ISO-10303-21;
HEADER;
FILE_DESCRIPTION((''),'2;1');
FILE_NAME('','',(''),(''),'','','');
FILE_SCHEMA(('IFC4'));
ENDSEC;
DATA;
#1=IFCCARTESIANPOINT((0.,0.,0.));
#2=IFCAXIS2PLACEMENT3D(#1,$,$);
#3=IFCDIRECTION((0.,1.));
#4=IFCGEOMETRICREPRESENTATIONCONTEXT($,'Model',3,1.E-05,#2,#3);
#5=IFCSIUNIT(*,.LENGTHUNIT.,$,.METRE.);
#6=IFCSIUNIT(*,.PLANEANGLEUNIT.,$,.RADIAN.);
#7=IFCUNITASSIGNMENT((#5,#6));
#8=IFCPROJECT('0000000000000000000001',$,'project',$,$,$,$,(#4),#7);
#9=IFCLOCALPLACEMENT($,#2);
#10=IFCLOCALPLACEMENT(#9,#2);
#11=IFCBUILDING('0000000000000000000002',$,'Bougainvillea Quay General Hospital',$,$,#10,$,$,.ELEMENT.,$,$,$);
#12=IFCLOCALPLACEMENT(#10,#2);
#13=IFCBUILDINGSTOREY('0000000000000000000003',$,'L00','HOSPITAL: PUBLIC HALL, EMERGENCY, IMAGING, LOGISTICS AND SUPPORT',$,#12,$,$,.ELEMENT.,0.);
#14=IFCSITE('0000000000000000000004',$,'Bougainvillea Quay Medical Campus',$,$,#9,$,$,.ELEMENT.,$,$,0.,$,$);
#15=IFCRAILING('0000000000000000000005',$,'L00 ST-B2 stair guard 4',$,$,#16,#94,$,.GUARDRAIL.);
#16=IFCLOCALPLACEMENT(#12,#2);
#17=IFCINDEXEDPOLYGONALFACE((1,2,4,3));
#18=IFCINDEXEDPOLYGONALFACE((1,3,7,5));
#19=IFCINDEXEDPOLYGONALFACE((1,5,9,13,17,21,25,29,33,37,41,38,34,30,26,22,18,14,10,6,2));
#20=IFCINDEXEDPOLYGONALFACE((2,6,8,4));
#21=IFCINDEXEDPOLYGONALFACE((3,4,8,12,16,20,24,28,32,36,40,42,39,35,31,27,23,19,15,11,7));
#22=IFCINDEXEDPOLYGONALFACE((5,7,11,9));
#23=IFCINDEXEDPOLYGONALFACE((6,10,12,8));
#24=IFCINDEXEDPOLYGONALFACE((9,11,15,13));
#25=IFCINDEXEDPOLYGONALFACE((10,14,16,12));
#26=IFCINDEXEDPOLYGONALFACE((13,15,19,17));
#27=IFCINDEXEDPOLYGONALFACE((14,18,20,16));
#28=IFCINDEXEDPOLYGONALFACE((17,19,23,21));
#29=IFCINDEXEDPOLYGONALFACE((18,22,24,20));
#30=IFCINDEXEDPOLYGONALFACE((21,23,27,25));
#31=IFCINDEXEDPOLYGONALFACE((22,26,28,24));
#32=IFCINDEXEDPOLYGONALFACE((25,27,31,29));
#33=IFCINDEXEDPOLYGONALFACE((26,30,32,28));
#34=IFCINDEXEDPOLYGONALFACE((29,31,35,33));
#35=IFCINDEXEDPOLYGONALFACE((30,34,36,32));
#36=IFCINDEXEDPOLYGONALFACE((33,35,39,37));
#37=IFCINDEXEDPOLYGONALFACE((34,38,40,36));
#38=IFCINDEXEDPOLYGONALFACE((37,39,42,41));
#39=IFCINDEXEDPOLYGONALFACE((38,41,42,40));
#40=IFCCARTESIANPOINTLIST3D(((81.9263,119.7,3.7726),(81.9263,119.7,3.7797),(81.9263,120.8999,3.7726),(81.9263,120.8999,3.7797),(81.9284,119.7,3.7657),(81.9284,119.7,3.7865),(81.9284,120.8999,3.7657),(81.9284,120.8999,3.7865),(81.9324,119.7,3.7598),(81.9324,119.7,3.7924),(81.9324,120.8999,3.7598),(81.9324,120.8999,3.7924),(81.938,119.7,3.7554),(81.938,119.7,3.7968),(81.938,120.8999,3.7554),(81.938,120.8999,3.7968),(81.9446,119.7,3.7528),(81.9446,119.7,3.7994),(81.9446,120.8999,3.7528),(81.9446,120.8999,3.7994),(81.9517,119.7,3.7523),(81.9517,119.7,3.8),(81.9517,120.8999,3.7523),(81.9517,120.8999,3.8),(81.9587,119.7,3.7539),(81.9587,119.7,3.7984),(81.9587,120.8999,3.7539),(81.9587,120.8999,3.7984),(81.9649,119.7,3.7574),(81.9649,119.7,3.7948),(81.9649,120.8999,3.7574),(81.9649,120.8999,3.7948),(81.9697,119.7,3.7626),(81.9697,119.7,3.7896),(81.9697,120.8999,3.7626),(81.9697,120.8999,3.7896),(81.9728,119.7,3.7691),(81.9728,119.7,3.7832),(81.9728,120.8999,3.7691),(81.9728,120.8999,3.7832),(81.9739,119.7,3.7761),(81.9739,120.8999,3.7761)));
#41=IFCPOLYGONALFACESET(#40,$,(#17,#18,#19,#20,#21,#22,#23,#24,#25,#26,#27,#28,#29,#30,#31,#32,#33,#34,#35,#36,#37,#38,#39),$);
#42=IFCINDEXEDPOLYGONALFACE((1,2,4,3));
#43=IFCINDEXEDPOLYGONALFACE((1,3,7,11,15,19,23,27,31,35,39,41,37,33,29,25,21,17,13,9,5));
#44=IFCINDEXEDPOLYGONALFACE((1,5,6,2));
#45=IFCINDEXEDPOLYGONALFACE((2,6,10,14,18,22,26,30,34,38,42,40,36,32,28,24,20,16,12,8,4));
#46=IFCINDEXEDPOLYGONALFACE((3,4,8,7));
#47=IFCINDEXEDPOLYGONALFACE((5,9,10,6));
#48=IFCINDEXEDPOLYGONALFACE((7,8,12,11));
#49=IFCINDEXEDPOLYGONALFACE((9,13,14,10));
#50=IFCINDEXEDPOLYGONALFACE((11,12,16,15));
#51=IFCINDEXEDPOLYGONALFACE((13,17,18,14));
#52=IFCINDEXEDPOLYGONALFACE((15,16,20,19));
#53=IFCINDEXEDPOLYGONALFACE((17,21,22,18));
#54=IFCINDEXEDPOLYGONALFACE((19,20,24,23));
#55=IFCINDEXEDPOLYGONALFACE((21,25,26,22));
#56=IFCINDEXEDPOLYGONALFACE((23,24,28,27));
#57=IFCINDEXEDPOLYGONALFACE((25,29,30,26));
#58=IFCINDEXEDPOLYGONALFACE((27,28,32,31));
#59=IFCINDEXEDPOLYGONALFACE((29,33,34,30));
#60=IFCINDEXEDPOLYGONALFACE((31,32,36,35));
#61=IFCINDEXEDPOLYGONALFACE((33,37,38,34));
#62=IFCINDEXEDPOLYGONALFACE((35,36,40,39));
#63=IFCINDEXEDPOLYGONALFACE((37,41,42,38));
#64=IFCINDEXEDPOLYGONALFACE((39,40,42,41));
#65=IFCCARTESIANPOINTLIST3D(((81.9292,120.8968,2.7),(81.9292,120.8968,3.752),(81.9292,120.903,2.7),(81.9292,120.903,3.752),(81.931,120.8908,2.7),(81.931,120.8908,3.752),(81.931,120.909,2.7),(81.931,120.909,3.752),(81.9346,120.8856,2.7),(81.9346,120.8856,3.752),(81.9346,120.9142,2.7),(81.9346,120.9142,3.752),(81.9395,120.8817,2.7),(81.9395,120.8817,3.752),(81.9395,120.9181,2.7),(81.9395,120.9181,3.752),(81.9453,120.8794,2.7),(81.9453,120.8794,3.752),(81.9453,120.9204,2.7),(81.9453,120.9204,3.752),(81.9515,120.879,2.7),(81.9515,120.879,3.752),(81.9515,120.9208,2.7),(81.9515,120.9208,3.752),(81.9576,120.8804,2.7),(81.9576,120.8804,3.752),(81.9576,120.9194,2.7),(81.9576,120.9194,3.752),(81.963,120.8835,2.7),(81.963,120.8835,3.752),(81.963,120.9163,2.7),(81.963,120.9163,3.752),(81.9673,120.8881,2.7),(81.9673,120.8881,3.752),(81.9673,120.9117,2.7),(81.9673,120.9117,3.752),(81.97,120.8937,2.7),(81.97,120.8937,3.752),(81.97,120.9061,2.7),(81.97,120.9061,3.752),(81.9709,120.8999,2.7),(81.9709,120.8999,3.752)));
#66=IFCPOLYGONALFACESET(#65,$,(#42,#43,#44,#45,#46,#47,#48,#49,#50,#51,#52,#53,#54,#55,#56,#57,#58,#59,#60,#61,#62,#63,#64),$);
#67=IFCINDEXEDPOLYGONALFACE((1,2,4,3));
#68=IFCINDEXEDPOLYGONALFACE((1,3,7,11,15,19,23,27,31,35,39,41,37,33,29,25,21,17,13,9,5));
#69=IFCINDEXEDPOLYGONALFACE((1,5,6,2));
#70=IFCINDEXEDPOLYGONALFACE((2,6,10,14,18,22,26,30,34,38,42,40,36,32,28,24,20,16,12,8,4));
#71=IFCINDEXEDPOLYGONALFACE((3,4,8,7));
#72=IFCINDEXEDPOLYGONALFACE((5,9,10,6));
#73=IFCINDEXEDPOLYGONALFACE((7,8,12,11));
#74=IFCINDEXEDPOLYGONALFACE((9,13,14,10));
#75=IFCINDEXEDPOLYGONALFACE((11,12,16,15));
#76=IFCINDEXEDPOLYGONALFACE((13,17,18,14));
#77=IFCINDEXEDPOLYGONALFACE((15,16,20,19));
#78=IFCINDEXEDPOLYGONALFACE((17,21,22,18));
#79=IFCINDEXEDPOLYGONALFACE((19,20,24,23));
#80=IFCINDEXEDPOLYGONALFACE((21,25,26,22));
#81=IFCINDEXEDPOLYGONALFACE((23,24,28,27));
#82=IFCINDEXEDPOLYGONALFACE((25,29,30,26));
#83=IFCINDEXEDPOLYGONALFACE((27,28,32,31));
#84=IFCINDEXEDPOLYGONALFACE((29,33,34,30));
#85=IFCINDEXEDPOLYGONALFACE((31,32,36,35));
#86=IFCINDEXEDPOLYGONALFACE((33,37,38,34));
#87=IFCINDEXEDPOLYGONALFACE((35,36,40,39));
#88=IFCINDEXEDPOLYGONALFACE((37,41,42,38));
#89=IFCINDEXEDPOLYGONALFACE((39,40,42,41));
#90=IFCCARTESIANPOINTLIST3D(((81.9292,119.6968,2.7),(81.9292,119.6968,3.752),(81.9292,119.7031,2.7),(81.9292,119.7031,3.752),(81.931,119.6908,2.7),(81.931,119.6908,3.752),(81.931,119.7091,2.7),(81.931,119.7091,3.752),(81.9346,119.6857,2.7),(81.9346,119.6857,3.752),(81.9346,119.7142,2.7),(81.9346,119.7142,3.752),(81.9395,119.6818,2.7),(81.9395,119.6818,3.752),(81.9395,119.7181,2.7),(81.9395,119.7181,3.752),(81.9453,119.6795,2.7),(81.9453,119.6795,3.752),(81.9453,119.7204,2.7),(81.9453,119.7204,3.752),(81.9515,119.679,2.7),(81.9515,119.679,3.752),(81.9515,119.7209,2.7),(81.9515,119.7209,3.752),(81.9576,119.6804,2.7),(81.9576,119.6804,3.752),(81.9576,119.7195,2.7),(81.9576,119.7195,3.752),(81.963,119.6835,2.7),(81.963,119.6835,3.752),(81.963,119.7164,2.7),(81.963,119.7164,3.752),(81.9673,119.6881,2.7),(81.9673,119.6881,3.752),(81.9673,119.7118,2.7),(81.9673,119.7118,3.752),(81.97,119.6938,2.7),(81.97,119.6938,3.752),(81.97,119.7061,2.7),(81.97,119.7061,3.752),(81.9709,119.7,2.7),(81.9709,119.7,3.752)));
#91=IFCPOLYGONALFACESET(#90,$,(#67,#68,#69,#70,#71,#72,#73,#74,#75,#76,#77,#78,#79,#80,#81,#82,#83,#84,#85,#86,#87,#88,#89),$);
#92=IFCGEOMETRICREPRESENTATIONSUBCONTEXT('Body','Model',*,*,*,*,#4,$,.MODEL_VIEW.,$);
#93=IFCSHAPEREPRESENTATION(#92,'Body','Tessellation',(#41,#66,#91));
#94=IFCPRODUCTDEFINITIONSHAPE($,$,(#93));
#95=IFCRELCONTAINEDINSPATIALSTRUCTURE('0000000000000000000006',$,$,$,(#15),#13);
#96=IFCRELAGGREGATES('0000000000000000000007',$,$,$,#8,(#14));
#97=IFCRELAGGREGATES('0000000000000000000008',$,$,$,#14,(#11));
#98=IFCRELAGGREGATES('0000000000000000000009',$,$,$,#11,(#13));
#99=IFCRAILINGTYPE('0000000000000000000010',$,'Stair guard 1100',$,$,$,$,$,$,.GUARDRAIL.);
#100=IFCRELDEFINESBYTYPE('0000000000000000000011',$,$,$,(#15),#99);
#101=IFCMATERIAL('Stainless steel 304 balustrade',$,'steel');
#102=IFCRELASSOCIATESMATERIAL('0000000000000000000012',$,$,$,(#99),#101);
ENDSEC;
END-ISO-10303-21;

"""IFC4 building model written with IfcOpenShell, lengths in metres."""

from ifc_helpers import new_model, si_unit, direction, frame, origin, origin_2d, place, context, subcontext, project, spatial, circle, extrude, material, type_object, element, save


model = new_model("IFC4")

# Units and contexts
model_context = context("Model", 3, precision=1e-05, world=origin(), true_north=direction((0.0, 1.0)))
body_context = subcontext(model_context, "Body", "Model", "MODEL_VIEW")
ifc_project = project(units=[si_unit("LENGTHUNIT", "METRE"), si_unit("PLANEANGLEUNIT", "RADIAN")], contexts=[model_context])

# Site, building, storey
site_placement = place(None, origin())
site = spatial("IfcSite", under=ifc_project, at=site_placement, Name="Bougainvillea Quay Medical Campus", CompositionType="ELEMENT", RefElevation=0.0)
building_placement = place(site_placement, origin())
building = spatial("IfcBuilding", under=site, at=building_placement, Name="Bougainvillea Quay General Hospital", CompositionType="ELEMENT")
storey_placement = place(building_placement, origin())
storey = spatial("IfcBuildingStorey", under=building, at=storey_placement, Name="L00", Description="HOSPITAL: PUBLIC HALL, EMERGENCY, IMAGING, LOGISTICS AND SUPPORT", CompositionType="ELEMENT", Elevation=0.0)

# Railing
ifc_material_1 = material(Name="Stainless steel 304 balustrade", Category="steel")
railing_type_1 = type_object("IfcRailingType", Name="Stair guard 1100", PredefinedType="GUARDRAIL", material=ifc_material_1)
railing_1_placement = place(storey_placement, frame((81.95, 120.8999, 2.7)))
element("IfcRailing", 1, at=railing_1_placement, inside=storey, type_object=railing_type_1, Name="L00 ST-B2 stair guard 4", PredefinedType="GUARDRAIL", context=body_context, shape_type="SweptSolid", body=[
    extrude(circle(Radius=0.0239, at=origin_2d()), frame((0.0, 0.0, 1.0762), z_axis=(0.0, -1.0, 0.0), x_axis=(1.0, 0.0, 0.0)), (0.0, 0.0, 1.0), 1.2),
    extrude(circle(Radius=0.021, at=origin_2d()), origin(), (0.0, 0.0, 1.0), 1.052),
    extrude(circle(Radius=0.021, at=origin_2d()), frame((0.0, -1.2, 0.0)), (0.0, 0.0, 1.0), 1.052),
])

save(model, "model.ifc")
